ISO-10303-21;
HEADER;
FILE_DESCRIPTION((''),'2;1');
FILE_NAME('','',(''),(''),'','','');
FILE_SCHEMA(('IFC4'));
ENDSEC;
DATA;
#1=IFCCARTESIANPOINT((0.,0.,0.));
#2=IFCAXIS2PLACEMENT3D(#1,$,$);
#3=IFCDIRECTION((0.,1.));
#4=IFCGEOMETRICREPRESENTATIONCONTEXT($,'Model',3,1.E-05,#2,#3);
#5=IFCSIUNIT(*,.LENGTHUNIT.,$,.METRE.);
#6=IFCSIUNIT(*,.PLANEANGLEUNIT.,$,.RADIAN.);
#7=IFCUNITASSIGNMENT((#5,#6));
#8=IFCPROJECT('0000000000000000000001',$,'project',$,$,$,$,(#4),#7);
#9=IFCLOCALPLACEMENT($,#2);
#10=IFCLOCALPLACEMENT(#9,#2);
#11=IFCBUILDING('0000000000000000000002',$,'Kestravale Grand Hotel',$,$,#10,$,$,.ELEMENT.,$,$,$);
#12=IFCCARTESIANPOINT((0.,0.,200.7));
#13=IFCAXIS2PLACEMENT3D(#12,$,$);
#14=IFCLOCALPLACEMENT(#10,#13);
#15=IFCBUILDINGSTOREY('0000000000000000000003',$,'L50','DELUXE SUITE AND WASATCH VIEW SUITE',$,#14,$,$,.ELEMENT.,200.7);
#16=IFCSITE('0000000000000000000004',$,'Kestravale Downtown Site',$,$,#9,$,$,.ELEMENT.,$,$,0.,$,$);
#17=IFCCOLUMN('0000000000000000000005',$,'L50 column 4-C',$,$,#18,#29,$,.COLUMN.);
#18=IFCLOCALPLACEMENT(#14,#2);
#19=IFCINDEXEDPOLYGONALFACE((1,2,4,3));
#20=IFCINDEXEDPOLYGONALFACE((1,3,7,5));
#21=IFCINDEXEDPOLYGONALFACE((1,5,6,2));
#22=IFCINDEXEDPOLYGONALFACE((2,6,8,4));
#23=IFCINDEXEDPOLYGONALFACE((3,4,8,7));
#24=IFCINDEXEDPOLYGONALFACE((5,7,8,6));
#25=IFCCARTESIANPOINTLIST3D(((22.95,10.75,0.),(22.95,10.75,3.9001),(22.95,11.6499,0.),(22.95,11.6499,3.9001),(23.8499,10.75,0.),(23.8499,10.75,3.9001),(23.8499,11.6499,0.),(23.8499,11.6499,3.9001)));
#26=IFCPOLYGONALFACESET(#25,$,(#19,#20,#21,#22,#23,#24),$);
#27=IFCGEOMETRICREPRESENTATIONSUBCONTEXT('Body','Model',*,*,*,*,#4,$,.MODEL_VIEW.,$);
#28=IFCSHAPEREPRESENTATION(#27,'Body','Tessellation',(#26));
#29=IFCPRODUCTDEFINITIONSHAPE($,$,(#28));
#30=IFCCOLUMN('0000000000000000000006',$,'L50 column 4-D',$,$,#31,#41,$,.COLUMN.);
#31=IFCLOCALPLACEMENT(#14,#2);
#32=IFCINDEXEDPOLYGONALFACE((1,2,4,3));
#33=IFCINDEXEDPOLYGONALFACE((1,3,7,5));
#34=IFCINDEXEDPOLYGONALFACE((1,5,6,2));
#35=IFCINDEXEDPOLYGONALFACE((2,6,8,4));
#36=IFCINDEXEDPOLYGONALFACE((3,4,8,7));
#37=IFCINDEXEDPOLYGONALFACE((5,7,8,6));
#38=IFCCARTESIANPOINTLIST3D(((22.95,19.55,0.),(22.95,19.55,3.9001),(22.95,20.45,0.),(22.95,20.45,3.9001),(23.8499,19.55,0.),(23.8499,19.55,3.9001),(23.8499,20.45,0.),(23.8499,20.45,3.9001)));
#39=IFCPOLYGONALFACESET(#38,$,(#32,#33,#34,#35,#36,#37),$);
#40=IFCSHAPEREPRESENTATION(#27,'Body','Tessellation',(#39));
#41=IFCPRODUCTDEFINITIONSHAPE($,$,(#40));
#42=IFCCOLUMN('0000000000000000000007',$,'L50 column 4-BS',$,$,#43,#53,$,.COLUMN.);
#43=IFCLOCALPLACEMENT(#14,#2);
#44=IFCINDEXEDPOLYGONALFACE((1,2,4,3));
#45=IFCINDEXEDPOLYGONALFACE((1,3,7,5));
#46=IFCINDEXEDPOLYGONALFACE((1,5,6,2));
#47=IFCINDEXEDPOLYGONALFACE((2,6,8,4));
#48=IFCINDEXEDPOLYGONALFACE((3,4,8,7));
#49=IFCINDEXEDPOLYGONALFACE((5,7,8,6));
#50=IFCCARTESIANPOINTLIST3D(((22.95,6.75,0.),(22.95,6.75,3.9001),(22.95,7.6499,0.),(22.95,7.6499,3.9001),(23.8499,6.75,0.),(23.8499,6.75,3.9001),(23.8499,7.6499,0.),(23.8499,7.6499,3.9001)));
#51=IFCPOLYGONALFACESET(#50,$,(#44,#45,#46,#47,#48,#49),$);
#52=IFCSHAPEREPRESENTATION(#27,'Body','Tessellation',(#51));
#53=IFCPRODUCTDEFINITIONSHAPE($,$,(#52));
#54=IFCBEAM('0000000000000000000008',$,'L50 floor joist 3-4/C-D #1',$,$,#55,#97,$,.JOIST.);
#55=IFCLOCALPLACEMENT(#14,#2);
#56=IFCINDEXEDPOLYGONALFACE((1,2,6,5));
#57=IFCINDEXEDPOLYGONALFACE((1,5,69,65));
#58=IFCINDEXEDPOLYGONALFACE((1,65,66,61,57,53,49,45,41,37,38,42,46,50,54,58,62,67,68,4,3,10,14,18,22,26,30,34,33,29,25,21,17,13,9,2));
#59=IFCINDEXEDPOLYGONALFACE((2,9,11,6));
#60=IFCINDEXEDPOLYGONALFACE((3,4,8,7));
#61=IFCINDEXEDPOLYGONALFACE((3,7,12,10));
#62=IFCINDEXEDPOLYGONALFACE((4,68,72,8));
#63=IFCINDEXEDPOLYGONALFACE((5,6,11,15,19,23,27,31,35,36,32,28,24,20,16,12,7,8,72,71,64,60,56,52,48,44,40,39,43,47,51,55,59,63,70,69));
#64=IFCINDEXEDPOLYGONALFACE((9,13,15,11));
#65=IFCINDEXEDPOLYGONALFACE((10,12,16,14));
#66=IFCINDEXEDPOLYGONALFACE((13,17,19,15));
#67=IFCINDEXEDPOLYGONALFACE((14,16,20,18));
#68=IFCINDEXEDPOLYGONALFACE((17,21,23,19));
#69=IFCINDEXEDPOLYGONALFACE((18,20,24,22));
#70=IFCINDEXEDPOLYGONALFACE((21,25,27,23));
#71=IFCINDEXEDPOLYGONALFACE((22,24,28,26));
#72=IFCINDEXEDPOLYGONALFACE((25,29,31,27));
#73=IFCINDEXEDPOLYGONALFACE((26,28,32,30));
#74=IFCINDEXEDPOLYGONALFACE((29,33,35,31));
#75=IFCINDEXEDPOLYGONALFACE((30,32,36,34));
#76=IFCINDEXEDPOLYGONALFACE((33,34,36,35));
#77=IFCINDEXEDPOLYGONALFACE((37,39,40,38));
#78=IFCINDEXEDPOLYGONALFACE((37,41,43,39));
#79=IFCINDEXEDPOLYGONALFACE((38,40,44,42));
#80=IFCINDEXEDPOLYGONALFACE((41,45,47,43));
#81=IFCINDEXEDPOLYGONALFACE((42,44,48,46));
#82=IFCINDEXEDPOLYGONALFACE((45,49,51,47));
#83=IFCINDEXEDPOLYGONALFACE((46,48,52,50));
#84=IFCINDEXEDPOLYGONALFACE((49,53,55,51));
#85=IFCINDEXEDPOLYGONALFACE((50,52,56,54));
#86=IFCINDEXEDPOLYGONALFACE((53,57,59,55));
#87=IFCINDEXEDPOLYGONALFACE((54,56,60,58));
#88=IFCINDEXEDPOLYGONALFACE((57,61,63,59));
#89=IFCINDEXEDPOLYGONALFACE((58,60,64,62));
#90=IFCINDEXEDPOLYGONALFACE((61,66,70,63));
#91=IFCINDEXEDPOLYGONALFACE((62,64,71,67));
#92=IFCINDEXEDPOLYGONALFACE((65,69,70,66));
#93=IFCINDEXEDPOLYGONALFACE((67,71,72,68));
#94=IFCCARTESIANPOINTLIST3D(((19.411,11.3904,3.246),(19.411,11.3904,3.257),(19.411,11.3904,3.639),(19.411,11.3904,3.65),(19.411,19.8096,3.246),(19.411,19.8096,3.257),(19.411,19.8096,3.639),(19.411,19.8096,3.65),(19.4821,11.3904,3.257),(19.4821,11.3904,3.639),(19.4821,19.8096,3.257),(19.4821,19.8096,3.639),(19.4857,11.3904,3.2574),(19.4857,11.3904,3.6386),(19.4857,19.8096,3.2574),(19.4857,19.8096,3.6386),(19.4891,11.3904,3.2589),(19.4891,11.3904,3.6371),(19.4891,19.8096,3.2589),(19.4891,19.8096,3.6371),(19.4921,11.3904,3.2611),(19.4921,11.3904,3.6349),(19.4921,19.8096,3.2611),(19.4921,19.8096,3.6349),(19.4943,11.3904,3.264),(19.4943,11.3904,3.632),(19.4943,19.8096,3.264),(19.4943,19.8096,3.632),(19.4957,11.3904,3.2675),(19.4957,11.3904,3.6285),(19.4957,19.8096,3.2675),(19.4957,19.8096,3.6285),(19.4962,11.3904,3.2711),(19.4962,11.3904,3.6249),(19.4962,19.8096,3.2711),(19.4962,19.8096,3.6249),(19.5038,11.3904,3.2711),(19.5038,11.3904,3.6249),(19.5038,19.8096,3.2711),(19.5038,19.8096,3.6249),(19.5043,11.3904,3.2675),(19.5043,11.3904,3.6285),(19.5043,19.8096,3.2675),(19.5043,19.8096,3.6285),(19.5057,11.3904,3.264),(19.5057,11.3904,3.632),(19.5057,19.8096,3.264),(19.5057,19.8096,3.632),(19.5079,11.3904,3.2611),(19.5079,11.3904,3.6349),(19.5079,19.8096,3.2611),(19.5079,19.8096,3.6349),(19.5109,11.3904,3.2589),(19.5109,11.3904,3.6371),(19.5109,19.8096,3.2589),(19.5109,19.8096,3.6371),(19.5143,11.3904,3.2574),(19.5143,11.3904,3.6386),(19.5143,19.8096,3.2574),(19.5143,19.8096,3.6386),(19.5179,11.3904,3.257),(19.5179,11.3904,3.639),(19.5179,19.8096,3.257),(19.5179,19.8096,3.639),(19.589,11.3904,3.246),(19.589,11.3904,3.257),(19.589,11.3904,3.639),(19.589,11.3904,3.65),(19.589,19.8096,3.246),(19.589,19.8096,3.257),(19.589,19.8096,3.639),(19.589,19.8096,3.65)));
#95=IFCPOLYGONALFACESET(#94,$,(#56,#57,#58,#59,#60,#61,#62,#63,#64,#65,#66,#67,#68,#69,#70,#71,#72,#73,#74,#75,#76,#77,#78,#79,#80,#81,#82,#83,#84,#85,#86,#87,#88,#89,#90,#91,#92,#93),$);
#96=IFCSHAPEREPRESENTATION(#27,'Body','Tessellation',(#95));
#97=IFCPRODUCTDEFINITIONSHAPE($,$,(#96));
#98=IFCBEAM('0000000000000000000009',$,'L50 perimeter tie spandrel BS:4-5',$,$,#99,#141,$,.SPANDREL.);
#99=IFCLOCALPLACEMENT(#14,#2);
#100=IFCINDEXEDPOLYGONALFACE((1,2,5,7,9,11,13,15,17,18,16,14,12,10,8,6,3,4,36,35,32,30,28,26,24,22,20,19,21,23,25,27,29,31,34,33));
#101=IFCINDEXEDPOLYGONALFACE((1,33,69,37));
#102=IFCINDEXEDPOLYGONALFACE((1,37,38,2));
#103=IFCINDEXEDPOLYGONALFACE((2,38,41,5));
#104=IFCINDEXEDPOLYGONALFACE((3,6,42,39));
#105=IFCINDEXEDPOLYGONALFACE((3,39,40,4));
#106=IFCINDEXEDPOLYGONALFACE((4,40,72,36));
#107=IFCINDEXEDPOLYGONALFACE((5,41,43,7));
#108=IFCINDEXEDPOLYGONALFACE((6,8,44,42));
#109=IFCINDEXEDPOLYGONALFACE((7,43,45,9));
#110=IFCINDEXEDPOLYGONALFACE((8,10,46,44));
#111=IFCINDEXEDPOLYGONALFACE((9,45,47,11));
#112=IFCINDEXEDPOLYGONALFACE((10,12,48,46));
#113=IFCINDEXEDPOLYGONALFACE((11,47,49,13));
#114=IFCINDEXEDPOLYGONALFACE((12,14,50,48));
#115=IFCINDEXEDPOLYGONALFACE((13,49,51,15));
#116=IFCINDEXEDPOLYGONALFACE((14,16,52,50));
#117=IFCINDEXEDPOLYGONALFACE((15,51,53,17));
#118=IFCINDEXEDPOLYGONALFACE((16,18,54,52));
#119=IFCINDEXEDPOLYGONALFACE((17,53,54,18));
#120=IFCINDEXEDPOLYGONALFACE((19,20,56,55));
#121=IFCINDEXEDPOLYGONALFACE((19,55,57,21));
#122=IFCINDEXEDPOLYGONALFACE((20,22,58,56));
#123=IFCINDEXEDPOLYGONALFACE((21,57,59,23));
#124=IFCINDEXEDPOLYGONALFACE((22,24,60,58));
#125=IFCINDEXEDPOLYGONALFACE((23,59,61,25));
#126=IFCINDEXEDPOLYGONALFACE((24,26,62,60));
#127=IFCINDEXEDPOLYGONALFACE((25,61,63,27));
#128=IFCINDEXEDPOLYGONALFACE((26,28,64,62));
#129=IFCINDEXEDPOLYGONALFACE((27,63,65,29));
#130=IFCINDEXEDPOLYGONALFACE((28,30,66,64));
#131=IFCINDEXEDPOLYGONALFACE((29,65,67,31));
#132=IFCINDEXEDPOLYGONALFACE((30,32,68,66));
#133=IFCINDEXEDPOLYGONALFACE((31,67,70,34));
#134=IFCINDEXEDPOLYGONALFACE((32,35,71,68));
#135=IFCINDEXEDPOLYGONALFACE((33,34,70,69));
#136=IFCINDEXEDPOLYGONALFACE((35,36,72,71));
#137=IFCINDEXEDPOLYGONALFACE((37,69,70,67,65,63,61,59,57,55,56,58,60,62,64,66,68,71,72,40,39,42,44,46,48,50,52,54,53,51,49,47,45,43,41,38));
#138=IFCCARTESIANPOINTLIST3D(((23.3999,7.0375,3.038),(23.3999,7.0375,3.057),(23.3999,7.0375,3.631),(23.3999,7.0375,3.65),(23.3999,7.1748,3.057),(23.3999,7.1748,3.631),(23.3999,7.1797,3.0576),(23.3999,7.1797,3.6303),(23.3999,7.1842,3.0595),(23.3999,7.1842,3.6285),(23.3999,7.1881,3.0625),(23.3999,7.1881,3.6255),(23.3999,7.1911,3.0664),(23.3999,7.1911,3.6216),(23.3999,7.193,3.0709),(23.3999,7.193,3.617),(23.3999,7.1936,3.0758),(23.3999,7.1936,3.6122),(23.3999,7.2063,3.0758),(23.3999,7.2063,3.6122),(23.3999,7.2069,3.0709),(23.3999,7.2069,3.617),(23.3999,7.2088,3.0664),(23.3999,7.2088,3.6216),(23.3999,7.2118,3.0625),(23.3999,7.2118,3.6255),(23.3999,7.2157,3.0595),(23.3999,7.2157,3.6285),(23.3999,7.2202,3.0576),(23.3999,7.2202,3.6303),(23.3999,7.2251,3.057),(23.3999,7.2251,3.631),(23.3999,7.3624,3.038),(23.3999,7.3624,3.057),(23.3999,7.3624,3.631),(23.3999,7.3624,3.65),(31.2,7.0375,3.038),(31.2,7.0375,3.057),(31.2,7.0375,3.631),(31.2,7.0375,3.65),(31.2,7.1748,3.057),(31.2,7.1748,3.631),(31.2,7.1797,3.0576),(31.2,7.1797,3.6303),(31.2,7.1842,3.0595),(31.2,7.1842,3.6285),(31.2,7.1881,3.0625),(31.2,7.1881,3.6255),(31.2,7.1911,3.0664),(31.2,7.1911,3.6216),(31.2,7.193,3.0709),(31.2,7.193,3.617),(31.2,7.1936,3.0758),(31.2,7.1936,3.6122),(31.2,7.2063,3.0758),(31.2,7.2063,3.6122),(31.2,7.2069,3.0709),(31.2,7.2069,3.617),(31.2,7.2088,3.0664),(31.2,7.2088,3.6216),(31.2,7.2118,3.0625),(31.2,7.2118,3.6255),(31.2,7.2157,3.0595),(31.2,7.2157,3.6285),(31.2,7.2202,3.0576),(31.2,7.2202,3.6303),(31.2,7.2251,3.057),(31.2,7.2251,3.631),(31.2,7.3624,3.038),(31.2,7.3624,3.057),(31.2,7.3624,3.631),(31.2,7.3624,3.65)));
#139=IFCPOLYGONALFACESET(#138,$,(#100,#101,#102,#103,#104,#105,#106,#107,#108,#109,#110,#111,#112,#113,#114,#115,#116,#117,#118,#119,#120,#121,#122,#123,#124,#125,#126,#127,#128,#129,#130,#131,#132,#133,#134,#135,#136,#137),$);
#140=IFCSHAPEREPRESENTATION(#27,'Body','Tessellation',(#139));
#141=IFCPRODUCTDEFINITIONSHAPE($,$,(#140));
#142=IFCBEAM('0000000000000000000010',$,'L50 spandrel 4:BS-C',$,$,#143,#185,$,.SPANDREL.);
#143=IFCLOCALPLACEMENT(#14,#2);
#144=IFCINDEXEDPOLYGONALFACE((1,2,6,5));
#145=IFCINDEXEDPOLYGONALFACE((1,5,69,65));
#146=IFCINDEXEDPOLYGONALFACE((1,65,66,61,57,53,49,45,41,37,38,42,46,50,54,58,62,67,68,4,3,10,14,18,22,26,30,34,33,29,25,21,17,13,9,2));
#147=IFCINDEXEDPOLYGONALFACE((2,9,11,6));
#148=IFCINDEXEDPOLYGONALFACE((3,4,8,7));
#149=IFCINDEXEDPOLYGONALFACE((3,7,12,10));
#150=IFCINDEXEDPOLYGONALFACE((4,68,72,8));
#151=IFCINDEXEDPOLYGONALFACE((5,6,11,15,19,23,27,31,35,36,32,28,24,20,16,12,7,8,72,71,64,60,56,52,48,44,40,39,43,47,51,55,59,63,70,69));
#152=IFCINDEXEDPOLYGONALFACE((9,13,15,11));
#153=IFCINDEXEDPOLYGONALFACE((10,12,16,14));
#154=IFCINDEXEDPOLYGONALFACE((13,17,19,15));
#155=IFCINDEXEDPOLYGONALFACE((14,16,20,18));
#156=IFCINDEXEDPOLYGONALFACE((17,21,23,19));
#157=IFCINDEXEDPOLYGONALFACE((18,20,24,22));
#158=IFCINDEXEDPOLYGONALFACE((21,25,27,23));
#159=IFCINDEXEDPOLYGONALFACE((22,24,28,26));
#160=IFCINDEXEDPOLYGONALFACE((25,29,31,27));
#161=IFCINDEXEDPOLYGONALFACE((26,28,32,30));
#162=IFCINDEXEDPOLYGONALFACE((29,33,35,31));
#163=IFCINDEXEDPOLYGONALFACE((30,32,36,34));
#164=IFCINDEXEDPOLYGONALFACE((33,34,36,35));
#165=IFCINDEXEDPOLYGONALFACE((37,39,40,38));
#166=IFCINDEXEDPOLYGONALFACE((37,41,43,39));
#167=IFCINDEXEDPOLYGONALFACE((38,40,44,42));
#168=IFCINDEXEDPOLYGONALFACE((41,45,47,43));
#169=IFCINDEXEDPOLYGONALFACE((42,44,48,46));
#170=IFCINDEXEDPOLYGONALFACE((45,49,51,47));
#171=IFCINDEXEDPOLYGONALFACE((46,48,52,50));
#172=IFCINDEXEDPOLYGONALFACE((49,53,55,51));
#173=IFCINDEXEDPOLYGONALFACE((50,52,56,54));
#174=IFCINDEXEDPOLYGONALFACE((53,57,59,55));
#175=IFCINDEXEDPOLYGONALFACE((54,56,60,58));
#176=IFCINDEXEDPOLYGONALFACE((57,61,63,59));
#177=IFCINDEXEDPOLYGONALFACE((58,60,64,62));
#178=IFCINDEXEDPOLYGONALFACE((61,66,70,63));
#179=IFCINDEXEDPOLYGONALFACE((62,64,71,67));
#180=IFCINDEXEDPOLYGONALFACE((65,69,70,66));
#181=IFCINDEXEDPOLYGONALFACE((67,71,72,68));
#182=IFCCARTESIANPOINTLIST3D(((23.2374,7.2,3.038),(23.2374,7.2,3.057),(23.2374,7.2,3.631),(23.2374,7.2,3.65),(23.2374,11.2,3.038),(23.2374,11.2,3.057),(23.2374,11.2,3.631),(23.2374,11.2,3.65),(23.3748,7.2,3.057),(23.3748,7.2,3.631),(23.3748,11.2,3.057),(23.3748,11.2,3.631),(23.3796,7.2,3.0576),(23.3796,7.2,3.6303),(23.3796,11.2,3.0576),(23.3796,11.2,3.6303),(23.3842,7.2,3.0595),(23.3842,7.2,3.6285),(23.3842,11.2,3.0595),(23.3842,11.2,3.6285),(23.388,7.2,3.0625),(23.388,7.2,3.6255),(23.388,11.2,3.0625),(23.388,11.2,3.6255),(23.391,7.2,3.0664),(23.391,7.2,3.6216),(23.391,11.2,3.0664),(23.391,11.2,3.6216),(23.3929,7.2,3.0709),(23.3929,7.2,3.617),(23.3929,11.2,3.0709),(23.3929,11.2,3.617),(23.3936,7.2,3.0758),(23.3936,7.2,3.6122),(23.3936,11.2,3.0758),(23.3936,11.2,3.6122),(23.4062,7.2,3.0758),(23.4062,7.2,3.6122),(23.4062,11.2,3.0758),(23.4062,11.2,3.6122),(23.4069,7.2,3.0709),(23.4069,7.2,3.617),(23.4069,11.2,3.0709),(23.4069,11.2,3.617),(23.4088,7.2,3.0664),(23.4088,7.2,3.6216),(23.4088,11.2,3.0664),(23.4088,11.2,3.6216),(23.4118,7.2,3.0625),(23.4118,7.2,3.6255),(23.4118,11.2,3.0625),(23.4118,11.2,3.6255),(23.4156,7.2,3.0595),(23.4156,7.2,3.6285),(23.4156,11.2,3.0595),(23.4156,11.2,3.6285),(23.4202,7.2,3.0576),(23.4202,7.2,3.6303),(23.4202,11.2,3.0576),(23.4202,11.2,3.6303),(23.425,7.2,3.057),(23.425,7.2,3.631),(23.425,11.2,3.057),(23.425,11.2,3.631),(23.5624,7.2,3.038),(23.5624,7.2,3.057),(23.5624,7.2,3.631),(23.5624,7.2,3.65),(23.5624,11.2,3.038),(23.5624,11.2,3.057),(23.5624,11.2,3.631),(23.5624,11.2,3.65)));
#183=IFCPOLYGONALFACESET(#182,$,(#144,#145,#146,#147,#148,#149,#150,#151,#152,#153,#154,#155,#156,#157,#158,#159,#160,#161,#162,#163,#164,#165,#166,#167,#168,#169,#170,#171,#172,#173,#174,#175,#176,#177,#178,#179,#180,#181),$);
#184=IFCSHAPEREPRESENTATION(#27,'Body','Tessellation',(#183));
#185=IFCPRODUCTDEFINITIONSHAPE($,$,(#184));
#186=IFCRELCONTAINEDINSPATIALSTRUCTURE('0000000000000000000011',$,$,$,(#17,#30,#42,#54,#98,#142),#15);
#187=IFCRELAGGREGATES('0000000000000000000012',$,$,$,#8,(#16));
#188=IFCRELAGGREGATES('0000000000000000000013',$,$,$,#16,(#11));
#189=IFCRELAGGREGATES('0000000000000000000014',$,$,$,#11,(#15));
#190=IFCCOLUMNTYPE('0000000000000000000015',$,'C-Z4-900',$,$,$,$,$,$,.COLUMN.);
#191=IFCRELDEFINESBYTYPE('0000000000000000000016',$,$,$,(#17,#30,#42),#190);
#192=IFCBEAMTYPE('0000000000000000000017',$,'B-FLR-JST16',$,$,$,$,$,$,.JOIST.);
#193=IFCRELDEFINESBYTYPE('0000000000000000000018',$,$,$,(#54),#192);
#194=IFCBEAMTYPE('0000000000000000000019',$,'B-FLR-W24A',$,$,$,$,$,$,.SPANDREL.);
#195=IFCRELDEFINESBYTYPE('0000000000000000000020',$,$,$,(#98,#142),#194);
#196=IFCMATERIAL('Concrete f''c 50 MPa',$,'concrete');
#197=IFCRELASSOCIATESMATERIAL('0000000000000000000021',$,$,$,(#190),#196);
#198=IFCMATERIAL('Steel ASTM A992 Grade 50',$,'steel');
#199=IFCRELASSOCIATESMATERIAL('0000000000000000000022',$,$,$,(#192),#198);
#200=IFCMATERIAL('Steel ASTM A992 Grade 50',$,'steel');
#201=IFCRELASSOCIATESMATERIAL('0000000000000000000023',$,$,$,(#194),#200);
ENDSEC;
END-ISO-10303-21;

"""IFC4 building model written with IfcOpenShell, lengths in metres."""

from ifc_helpers import new_model, si_unit, direction, frame, origin, origin_2d, place, context, subcontext, project, spatial, rectangle, i_section, extrude, material, material_profile, profile_set, type_object, element, save


model = new_model("IFC4")

# Units and contexts
model_context = context("Model", 3, precision=1e-05, world=origin(), true_north=direction((0.0, 1.0)))
body_context = subcontext(model_context, "Body", "Model", "MODEL_VIEW")
ifc_project = project(units=[si_unit("LENGTHUNIT", "METRE"), si_unit("PLANEANGLEUNIT", "RADIAN")], contexts=[model_context])

# Site, building, storey
site_placement = place(None, origin())
site = spatial("IfcSite", under=ifc_project, at=site_placement, Name="Kestravale Downtown Site", CompositionType="ELEMENT", RefElevation=0.0)
building_placement = place(site_placement, origin())
building = spatial("IfcBuilding", under=site, at=building_placement, Name="Kestravale Grand Hotel", CompositionType="ELEMENT")
storey_placement = place(building_placement, frame((0.0, 0.0, 200.7)))
storey = spatial("IfcBuildingStorey", under=building, at=storey_placement, Name="L50", Description="DELUXE SUITE AND WASATCH VIEW SUITE", CompositionType="ELEMENT", Elevation=200.7)

# Columns
ifc_material_1 = material(Name="Concrete f'c 50 MPa", Category="concrete")
ifc_material_profile_1 = material_profile(ifc_material_1, rectangle(XDim=0.8999, YDim=0.8999, at=origin_2d()))
ifc_profile_set_1 = profile_set([ifc_material_profile_1], Name="Concrete f'c 50 MPa")
column_type = type_object("IfcColumnType", Name="C-Z4-900", PredefinedType="COLUMN", material=ifc_profile_set_1)
for number, where, z_axis, x_axis, name in (
    (1, (23.3999, 11.2, 0.0), (0.0, 0.0, 1.0), (1.0, 0.0, 0.0), "L50 column 4-C"),
    (2, (23.3999, 20.0, 0.0), (0.0, 0.0, 1.0), (1.0, 0.0, 0.0), "L50 column 4-D"),
    (3, (23.3999, 7.2, 0.0), (0.0, 0.0, 1.0), (1.0, 0.0, 0.0), "L50 column 4-BS"),
):
    element("IfcColumn", number, at=place(storey_placement, frame(where, z_axis=z_axis, x_axis=x_axis)), inside=storey, type_object=column_type, Name=name, PredefinedType="COLUMN", context=body_context, shape_type="SweptSolid", body=[
        extrude(rectangle(XDim=0.8999, YDim=0.8999, at=origin_2d()), origin(), (0.0, 0.0, 1.0), 3.9001),
    ])

# Beams
ifc_material_2 = material(Name="Steel ASTM A992 Grade 50", Category="steel")
ifc_material_profile_2 = material_profile(ifc_material_2, i_section(OverallWidth=0.178, OverallDepth=0.4041, WebThickness=0.0076, FlangeThickness=0.011, FilletRadius=0.0142, at=origin_2d()))
ifc_profile_set_2 = profile_set([ifc_material_profile_2], Name="Steel ASTM A992 Grade 50")
beam_type_1 = type_object("IfcBeamType", Name="B-FLR-JST16", PredefinedType="JOIST", material=ifc_profile_set_2)
beam_1_placement = place(storey_placement, frame((19.5, 11.3904, 3.448), z_axis=(0.0, 1.0, 0.0), x_axis=(-1.0, 0.0, 0.0)))
element("IfcBeam", 4, at=beam_1_placement, inside=storey, type_object=beam_type_1, Name="L50 floor joist 3-4/C-D #1", PredefinedType="JOIST", context=body_context, shape_type="SweptSolid", body=[
    extrude(i_section(OverallWidth=0.178, OverallDepth=0.4041, WebThickness=0.0076, FlangeThickness=0.011, FilletRadius=0.0142, at=origin_2d()), origin(), (0.0, 0.0, 1.0), 8.4192),
])
ifc_material_3 = material(Name="Steel ASTM A992 Grade 50", Category="steel")
ifc_material_profile_3 = material_profile(ifc_material_3, i_section(OverallWidth=0.325, OverallDepth=0.6121, WebThickness=0.0127, FlangeThickness=0.019, FilletRadius=0.0188, at=origin_2d()))
ifc_profile_set_3 = profile_set([ifc_material_profile_3], Name="Steel ASTM A992 Grade 50")
beam_type_2 = type_object("IfcBeamType", Name="B-FLR-W24A", PredefinedType="SPANDREL", material=ifc_profile_set_3)
beam_2_placement = place(storey_placement, frame((23.3999, 7.2, 3.344), z_axis=(1.0, 0.0, 0.0), x_axis=(0.0, 1.0, 0.0)))
element("IfcBeam", 5, at=beam_2_placement, inside=storey, type_object=beam_type_2, Name="L50 perimeter tie spandrel BS:4-5", PredefinedType="SPANDREL", context=body_context, shape_type="SweptSolid", body=[
    extrude(i_section(OverallWidth=0.325, OverallDepth=0.6121, WebThickness=0.0127, FlangeThickness=0.019, FilletRadius=0.0188, at=origin_2d()), origin(), (0.0, 0.0, 1.0), 7.8),
])
beam_3_placement = place(storey_placement, frame((23.3999, 7.2, 3.344), z_axis=(0.0, 1.0, 0.0), x_axis=(-1.0, 0.0, 0.0)))
element("IfcBeam", 6, at=beam_3_placement, inside=storey, type_object=beam_type_2, Name="L50 spandrel 4:BS-C", PredefinedType="SPANDREL", context=body_context, shape_type="SweptSolid", body=[
    extrude(i_section(OverallWidth=0.325, OverallDepth=0.6121, WebThickness=0.0127, FlangeThickness=0.019, FilletRadius=0.0188, at=origin_2d()), origin(), (0.0, 0.0, 1.0), 4.0),
])

save(model, "model.ifc")
